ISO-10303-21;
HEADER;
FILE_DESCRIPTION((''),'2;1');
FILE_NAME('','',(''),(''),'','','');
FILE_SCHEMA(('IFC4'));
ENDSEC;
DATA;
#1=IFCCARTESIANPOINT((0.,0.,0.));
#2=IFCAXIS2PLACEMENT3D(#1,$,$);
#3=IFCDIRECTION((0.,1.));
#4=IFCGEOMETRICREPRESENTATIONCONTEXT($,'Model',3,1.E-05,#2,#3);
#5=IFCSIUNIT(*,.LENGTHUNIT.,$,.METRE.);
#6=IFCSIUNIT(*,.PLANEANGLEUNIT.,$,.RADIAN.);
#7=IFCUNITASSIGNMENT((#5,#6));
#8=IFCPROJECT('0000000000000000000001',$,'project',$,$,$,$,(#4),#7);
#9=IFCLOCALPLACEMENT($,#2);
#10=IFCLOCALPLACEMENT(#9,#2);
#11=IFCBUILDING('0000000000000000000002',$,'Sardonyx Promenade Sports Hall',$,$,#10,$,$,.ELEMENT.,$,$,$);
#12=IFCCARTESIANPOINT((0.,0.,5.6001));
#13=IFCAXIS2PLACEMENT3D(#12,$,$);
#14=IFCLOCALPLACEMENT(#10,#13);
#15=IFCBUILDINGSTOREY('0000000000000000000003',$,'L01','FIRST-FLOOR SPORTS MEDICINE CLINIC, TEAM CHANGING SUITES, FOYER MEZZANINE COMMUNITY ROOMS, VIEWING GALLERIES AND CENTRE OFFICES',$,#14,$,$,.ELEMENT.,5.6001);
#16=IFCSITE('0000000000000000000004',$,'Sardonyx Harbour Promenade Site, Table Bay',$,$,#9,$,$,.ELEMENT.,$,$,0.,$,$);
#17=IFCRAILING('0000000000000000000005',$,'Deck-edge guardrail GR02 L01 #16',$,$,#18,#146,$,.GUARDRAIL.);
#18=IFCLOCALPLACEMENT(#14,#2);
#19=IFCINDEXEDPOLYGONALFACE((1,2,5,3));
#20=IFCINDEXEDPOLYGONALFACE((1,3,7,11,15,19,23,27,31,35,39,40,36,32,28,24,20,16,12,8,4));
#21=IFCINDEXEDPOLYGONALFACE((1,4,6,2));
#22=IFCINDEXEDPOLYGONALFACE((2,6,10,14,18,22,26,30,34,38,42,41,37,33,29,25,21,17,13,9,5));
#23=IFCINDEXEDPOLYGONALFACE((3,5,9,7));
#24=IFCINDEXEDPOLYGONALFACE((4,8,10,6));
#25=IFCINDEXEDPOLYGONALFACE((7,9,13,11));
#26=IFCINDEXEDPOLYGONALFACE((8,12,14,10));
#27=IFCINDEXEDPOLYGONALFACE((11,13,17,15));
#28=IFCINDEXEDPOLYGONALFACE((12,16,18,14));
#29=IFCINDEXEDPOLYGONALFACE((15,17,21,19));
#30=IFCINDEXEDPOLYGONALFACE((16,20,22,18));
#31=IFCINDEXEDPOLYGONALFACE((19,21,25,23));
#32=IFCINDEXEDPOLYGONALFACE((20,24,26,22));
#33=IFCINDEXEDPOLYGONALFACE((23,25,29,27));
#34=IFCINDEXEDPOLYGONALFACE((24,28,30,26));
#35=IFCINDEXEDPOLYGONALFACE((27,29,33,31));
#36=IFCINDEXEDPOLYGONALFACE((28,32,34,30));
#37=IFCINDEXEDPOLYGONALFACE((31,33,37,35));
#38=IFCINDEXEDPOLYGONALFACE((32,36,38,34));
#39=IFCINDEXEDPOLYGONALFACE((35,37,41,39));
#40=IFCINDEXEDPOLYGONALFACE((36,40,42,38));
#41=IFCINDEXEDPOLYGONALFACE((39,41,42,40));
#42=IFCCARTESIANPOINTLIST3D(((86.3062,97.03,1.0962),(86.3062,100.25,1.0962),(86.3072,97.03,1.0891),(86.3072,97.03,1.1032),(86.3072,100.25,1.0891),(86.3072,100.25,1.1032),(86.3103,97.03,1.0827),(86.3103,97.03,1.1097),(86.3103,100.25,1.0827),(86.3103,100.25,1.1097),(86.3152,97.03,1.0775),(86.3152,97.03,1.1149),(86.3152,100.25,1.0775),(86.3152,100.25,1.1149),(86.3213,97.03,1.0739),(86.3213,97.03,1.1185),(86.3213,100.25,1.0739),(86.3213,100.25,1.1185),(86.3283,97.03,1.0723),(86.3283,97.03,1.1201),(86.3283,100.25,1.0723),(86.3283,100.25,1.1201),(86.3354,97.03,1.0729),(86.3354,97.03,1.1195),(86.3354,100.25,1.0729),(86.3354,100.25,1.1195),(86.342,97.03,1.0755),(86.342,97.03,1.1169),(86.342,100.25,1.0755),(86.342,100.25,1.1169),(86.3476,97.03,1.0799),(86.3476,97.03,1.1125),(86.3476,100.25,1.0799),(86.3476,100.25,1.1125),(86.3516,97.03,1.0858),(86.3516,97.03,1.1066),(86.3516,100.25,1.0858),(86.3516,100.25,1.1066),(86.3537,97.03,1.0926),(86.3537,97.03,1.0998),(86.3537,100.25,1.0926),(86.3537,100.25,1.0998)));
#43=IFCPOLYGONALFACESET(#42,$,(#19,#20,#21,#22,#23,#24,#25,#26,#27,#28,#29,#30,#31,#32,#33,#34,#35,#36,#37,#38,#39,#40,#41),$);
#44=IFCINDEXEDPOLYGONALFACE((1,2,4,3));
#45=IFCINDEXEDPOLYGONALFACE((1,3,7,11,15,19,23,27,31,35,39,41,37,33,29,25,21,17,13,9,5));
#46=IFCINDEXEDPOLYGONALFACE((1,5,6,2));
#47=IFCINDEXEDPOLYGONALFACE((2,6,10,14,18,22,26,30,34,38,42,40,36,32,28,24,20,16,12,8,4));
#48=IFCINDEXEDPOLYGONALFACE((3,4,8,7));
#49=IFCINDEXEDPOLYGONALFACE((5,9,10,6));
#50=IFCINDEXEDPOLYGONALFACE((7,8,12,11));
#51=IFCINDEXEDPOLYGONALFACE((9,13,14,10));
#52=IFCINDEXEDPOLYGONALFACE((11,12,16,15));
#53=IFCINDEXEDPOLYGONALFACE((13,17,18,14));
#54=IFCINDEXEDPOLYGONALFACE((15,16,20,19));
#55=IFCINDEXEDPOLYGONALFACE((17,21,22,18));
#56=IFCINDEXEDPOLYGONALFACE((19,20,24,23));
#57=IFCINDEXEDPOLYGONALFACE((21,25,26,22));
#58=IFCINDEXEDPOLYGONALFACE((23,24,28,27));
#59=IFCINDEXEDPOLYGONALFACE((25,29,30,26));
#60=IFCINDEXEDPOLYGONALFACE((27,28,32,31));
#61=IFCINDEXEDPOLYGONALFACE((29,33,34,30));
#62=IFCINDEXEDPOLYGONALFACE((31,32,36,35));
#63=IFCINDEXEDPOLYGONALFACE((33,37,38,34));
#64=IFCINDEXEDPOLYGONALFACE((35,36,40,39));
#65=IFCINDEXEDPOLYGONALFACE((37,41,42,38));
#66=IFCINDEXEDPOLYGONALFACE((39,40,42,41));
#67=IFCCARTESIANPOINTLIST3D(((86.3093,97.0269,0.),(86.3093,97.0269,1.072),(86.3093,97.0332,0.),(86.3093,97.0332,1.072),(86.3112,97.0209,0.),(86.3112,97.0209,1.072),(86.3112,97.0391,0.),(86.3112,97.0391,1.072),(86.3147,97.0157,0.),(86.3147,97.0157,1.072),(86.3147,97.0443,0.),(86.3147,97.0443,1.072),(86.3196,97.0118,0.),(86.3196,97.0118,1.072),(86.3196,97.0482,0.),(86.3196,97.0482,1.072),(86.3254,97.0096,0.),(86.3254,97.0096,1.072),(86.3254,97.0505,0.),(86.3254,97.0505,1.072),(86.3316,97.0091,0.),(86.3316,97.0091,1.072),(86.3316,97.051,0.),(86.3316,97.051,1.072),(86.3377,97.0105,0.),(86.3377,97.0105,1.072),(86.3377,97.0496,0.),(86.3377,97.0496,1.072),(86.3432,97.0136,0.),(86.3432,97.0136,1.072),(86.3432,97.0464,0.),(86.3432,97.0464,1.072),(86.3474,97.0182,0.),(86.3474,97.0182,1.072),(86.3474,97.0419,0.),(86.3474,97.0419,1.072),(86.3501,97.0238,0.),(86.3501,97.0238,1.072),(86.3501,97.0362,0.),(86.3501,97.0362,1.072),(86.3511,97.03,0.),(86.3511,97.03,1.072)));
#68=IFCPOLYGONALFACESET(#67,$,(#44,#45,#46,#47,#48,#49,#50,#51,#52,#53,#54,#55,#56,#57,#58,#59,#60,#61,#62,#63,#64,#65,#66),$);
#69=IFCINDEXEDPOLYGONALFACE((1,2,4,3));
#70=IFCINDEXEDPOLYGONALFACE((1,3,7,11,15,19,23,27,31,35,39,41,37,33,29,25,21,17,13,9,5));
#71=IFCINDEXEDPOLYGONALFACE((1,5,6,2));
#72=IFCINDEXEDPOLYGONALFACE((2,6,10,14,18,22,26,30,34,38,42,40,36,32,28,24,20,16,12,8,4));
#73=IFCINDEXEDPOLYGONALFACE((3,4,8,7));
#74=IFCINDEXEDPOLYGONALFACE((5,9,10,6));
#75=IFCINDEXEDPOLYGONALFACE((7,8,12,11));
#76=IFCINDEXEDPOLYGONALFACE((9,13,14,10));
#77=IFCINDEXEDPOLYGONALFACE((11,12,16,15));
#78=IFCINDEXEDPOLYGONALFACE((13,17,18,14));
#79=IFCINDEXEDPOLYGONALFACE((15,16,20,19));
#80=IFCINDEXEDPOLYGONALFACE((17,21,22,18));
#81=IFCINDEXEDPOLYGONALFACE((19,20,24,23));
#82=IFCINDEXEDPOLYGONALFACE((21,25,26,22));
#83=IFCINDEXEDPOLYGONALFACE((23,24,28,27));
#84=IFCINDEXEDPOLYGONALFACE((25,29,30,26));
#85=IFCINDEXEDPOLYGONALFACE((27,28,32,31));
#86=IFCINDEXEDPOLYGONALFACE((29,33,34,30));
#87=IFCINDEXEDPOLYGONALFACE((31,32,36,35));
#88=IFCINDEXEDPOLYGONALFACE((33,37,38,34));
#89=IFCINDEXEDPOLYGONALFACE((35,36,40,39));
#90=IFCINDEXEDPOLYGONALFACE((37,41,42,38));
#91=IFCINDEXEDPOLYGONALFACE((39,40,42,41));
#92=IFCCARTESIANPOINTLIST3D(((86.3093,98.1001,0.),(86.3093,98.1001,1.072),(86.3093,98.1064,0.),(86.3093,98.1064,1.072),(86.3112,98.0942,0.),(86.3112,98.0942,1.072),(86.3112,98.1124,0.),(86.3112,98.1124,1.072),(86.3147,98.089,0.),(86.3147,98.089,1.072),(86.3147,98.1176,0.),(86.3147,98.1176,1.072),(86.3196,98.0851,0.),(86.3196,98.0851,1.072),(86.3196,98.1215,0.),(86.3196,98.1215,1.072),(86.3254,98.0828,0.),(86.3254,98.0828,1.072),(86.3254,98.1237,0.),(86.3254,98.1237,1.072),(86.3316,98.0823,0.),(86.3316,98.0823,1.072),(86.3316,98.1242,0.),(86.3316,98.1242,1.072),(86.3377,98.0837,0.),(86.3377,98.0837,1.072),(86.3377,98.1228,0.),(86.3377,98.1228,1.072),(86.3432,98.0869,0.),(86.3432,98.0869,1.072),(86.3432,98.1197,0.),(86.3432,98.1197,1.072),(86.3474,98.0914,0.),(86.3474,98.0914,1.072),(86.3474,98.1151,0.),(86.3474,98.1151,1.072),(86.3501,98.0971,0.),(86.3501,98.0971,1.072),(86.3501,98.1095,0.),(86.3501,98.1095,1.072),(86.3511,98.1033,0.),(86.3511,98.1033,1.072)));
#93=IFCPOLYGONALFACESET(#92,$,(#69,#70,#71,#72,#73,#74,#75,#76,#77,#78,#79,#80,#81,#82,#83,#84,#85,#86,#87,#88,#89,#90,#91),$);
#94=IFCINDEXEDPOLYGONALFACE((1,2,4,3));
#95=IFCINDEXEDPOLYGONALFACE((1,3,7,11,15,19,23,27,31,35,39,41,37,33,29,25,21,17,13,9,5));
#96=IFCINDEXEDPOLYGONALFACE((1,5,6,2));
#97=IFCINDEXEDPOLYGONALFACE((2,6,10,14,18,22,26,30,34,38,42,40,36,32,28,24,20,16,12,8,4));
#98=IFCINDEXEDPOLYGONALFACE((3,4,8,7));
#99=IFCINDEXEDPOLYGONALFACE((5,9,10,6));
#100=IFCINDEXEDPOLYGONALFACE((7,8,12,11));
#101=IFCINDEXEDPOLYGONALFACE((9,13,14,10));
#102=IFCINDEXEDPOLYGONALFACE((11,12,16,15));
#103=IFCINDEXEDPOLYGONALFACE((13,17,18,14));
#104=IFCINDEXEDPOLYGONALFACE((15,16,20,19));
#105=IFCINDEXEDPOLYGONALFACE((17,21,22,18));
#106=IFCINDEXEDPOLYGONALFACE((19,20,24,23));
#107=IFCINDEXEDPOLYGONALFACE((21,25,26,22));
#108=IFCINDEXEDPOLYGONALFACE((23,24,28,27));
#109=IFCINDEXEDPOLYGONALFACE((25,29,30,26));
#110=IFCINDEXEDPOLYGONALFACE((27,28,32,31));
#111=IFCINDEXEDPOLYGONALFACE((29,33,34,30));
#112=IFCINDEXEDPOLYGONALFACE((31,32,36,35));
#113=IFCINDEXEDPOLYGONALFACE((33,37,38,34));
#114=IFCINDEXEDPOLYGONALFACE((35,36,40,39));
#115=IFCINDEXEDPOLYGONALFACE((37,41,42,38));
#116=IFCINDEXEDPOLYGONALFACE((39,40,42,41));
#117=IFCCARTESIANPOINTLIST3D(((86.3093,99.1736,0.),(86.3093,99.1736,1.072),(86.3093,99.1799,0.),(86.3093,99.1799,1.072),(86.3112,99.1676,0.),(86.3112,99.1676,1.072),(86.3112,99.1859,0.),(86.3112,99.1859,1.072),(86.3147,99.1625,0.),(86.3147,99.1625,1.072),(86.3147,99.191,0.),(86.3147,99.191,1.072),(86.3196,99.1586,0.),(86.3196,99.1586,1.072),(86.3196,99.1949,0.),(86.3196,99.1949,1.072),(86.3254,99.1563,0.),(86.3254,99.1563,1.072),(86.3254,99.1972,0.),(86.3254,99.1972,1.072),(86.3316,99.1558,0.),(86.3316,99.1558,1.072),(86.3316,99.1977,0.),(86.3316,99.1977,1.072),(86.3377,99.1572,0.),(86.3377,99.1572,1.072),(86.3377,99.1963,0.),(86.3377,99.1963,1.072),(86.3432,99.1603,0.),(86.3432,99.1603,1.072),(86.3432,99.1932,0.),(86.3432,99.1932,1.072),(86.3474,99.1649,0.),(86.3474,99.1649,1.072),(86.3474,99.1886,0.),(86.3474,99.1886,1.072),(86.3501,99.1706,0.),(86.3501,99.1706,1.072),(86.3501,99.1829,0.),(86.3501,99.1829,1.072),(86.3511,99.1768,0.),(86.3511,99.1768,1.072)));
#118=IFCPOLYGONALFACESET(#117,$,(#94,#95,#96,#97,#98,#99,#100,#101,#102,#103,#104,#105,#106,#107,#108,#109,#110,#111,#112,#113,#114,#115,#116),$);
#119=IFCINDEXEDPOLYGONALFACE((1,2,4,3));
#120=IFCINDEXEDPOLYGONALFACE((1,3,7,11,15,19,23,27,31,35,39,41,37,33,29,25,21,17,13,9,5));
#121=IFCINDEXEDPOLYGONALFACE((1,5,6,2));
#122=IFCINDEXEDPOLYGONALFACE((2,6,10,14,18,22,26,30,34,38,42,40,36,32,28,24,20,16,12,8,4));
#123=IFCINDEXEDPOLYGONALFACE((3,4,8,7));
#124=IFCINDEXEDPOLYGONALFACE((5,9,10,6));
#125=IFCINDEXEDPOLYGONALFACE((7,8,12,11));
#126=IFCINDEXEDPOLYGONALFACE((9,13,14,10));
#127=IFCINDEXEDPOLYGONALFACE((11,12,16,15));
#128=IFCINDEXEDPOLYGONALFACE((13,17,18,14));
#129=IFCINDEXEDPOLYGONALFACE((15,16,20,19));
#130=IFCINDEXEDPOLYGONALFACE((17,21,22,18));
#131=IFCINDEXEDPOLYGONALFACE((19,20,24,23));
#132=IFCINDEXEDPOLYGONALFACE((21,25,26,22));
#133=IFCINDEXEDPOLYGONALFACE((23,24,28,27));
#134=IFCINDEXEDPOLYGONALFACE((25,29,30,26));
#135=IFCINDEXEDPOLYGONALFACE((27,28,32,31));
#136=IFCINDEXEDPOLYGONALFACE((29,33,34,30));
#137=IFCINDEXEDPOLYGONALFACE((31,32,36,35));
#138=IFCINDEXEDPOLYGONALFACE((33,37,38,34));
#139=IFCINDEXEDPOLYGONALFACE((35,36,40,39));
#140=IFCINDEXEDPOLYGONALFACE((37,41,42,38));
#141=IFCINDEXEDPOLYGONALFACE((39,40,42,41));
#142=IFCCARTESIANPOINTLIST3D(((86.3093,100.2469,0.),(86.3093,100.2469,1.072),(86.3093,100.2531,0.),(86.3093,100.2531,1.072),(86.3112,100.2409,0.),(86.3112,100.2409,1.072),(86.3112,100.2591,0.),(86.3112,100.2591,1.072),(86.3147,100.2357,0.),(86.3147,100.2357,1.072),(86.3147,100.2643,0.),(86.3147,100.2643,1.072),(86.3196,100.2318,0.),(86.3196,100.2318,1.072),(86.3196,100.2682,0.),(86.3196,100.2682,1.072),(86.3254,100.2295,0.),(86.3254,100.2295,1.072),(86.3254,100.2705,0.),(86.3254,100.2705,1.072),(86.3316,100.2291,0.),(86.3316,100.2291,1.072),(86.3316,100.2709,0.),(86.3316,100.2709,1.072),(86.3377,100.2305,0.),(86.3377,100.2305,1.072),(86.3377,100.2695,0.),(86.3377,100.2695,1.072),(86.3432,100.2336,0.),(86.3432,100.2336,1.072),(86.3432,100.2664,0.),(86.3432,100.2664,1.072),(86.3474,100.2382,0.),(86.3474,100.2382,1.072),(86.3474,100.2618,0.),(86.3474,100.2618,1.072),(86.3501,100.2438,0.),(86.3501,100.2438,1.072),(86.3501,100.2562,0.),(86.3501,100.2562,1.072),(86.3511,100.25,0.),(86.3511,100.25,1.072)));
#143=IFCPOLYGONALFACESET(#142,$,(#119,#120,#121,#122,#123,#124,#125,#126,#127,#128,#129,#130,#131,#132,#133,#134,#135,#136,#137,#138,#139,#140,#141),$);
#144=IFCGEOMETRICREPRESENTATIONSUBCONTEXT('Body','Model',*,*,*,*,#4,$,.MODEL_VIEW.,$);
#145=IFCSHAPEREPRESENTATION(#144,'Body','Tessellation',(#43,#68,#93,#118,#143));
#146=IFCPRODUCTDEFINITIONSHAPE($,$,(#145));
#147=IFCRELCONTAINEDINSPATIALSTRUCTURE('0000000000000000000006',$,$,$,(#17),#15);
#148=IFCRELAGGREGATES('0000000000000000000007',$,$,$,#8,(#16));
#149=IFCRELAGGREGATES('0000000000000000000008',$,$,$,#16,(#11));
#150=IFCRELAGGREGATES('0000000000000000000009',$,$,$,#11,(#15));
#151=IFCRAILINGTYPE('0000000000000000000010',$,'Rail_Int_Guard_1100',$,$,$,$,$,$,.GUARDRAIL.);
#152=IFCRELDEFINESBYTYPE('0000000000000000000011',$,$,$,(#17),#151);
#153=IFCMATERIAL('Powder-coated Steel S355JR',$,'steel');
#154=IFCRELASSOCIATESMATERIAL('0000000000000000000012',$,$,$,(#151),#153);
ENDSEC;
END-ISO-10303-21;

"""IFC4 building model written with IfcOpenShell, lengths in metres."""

from ifc_helpers import new_model, si_unit, direction, frame, origin, origin_2d, place, context, subcontext, project, spatial, circle, extrude, material, type_object, element, save


model = new_model("IFC4")

# Units and contexts
model_context = context("Model", 3, precision=1e-05, world=origin(), true_north=direction((0.0, 1.0)))
body_context = subcontext(model_context, "Body", "Model", "MODEL_VIEW")
ifc_project = project(units=[si_unit("LENGTHUNIT", "METRE"), si_unit("PLANEANGLEUNIT", "RADIAN")], contexts=[model_context])

# Site, building, storey
site_placement = place(None, origin())
site = spatial("IfcSite", under=ifc_project, at=site_placement, Name="Sardonyx Harbour Promenade Site, Table Bay", CompositionType="ELEMENT", RefElevation=0.0)
building_placement = place(site_placement, origin())
building = spatial("IfcBuilding", under=site, at=building_placement, Name="Sardonyx Promenade Sports Hall", CompositionType="ELEMENT")
storey_placement = place(building_placement, frame((0.0, 0.0, 5.6001)))
storey = spatial("IfcBuildingStorey", under=building, at=storey_placement, Name="L01", Description="FIRST-FLOOR SPORTS MEDICINE CLINIC, TEAM CHANGING SUITES, FOYER MEZZANINE COMMUNITY ROOMS, VIEWING GALLERIES AND CENTRE OFFICES", CompositionType="ELEMENT", Elevation=5.6001)

# Railing
ifc_material_1 = material(Name="Powder-coated Steel S355JR", Category="steel")
railing_type = type_object("IfcRailingType", Name="Rail_Int_Guard_1100", PredefinedType="GUARDRAIL", material=ifc_material_1)
railing_1_placement = place(storey_placement, frame((86.3301, 97.03, 0.0)))
element("IfcRailing", 1, at=railing_1_placement, inside=storey, type_object=railing_type, Name="Deck-edge guardrail GR02 L01 #16", PredefinedType="GUARDRAIL", context=body_context, shape_type="SweptSolid", body=[
    extrude(circle(Radius=0.0239, at=origin_2d()), frame((0.0, 0.0, 1.0962), z_axis=(0.0, 1.0, 0.0), x_axis=(-1.0, 0.0, 0.0)), (0.0, 0.0, 1.0), 3.22),
    extrude(circle(Radius=0.021, at=origin_2d()), origin(), (0.0, 0.0, 1.0), 1.072),
    extrude(circle(Radius=0.021, at=origin_2d()), frame((0.0, 1.0732, 0.0)), (0.0, 0.0, 1.0), 1.072),
    extrude(circle(Radius=0.021, at=origin_2d()), frame((0.0, 2.1467, 0.0)), (0.0, 0.0, 1.0), 1.072),
    extrude(circle(Radius=0.021, at=origin_2d()), frame((0.0, 3.22, 0.0)), (0.0, 0.0, 1.0), 1.072),
])

save(model, "model.ifc")
